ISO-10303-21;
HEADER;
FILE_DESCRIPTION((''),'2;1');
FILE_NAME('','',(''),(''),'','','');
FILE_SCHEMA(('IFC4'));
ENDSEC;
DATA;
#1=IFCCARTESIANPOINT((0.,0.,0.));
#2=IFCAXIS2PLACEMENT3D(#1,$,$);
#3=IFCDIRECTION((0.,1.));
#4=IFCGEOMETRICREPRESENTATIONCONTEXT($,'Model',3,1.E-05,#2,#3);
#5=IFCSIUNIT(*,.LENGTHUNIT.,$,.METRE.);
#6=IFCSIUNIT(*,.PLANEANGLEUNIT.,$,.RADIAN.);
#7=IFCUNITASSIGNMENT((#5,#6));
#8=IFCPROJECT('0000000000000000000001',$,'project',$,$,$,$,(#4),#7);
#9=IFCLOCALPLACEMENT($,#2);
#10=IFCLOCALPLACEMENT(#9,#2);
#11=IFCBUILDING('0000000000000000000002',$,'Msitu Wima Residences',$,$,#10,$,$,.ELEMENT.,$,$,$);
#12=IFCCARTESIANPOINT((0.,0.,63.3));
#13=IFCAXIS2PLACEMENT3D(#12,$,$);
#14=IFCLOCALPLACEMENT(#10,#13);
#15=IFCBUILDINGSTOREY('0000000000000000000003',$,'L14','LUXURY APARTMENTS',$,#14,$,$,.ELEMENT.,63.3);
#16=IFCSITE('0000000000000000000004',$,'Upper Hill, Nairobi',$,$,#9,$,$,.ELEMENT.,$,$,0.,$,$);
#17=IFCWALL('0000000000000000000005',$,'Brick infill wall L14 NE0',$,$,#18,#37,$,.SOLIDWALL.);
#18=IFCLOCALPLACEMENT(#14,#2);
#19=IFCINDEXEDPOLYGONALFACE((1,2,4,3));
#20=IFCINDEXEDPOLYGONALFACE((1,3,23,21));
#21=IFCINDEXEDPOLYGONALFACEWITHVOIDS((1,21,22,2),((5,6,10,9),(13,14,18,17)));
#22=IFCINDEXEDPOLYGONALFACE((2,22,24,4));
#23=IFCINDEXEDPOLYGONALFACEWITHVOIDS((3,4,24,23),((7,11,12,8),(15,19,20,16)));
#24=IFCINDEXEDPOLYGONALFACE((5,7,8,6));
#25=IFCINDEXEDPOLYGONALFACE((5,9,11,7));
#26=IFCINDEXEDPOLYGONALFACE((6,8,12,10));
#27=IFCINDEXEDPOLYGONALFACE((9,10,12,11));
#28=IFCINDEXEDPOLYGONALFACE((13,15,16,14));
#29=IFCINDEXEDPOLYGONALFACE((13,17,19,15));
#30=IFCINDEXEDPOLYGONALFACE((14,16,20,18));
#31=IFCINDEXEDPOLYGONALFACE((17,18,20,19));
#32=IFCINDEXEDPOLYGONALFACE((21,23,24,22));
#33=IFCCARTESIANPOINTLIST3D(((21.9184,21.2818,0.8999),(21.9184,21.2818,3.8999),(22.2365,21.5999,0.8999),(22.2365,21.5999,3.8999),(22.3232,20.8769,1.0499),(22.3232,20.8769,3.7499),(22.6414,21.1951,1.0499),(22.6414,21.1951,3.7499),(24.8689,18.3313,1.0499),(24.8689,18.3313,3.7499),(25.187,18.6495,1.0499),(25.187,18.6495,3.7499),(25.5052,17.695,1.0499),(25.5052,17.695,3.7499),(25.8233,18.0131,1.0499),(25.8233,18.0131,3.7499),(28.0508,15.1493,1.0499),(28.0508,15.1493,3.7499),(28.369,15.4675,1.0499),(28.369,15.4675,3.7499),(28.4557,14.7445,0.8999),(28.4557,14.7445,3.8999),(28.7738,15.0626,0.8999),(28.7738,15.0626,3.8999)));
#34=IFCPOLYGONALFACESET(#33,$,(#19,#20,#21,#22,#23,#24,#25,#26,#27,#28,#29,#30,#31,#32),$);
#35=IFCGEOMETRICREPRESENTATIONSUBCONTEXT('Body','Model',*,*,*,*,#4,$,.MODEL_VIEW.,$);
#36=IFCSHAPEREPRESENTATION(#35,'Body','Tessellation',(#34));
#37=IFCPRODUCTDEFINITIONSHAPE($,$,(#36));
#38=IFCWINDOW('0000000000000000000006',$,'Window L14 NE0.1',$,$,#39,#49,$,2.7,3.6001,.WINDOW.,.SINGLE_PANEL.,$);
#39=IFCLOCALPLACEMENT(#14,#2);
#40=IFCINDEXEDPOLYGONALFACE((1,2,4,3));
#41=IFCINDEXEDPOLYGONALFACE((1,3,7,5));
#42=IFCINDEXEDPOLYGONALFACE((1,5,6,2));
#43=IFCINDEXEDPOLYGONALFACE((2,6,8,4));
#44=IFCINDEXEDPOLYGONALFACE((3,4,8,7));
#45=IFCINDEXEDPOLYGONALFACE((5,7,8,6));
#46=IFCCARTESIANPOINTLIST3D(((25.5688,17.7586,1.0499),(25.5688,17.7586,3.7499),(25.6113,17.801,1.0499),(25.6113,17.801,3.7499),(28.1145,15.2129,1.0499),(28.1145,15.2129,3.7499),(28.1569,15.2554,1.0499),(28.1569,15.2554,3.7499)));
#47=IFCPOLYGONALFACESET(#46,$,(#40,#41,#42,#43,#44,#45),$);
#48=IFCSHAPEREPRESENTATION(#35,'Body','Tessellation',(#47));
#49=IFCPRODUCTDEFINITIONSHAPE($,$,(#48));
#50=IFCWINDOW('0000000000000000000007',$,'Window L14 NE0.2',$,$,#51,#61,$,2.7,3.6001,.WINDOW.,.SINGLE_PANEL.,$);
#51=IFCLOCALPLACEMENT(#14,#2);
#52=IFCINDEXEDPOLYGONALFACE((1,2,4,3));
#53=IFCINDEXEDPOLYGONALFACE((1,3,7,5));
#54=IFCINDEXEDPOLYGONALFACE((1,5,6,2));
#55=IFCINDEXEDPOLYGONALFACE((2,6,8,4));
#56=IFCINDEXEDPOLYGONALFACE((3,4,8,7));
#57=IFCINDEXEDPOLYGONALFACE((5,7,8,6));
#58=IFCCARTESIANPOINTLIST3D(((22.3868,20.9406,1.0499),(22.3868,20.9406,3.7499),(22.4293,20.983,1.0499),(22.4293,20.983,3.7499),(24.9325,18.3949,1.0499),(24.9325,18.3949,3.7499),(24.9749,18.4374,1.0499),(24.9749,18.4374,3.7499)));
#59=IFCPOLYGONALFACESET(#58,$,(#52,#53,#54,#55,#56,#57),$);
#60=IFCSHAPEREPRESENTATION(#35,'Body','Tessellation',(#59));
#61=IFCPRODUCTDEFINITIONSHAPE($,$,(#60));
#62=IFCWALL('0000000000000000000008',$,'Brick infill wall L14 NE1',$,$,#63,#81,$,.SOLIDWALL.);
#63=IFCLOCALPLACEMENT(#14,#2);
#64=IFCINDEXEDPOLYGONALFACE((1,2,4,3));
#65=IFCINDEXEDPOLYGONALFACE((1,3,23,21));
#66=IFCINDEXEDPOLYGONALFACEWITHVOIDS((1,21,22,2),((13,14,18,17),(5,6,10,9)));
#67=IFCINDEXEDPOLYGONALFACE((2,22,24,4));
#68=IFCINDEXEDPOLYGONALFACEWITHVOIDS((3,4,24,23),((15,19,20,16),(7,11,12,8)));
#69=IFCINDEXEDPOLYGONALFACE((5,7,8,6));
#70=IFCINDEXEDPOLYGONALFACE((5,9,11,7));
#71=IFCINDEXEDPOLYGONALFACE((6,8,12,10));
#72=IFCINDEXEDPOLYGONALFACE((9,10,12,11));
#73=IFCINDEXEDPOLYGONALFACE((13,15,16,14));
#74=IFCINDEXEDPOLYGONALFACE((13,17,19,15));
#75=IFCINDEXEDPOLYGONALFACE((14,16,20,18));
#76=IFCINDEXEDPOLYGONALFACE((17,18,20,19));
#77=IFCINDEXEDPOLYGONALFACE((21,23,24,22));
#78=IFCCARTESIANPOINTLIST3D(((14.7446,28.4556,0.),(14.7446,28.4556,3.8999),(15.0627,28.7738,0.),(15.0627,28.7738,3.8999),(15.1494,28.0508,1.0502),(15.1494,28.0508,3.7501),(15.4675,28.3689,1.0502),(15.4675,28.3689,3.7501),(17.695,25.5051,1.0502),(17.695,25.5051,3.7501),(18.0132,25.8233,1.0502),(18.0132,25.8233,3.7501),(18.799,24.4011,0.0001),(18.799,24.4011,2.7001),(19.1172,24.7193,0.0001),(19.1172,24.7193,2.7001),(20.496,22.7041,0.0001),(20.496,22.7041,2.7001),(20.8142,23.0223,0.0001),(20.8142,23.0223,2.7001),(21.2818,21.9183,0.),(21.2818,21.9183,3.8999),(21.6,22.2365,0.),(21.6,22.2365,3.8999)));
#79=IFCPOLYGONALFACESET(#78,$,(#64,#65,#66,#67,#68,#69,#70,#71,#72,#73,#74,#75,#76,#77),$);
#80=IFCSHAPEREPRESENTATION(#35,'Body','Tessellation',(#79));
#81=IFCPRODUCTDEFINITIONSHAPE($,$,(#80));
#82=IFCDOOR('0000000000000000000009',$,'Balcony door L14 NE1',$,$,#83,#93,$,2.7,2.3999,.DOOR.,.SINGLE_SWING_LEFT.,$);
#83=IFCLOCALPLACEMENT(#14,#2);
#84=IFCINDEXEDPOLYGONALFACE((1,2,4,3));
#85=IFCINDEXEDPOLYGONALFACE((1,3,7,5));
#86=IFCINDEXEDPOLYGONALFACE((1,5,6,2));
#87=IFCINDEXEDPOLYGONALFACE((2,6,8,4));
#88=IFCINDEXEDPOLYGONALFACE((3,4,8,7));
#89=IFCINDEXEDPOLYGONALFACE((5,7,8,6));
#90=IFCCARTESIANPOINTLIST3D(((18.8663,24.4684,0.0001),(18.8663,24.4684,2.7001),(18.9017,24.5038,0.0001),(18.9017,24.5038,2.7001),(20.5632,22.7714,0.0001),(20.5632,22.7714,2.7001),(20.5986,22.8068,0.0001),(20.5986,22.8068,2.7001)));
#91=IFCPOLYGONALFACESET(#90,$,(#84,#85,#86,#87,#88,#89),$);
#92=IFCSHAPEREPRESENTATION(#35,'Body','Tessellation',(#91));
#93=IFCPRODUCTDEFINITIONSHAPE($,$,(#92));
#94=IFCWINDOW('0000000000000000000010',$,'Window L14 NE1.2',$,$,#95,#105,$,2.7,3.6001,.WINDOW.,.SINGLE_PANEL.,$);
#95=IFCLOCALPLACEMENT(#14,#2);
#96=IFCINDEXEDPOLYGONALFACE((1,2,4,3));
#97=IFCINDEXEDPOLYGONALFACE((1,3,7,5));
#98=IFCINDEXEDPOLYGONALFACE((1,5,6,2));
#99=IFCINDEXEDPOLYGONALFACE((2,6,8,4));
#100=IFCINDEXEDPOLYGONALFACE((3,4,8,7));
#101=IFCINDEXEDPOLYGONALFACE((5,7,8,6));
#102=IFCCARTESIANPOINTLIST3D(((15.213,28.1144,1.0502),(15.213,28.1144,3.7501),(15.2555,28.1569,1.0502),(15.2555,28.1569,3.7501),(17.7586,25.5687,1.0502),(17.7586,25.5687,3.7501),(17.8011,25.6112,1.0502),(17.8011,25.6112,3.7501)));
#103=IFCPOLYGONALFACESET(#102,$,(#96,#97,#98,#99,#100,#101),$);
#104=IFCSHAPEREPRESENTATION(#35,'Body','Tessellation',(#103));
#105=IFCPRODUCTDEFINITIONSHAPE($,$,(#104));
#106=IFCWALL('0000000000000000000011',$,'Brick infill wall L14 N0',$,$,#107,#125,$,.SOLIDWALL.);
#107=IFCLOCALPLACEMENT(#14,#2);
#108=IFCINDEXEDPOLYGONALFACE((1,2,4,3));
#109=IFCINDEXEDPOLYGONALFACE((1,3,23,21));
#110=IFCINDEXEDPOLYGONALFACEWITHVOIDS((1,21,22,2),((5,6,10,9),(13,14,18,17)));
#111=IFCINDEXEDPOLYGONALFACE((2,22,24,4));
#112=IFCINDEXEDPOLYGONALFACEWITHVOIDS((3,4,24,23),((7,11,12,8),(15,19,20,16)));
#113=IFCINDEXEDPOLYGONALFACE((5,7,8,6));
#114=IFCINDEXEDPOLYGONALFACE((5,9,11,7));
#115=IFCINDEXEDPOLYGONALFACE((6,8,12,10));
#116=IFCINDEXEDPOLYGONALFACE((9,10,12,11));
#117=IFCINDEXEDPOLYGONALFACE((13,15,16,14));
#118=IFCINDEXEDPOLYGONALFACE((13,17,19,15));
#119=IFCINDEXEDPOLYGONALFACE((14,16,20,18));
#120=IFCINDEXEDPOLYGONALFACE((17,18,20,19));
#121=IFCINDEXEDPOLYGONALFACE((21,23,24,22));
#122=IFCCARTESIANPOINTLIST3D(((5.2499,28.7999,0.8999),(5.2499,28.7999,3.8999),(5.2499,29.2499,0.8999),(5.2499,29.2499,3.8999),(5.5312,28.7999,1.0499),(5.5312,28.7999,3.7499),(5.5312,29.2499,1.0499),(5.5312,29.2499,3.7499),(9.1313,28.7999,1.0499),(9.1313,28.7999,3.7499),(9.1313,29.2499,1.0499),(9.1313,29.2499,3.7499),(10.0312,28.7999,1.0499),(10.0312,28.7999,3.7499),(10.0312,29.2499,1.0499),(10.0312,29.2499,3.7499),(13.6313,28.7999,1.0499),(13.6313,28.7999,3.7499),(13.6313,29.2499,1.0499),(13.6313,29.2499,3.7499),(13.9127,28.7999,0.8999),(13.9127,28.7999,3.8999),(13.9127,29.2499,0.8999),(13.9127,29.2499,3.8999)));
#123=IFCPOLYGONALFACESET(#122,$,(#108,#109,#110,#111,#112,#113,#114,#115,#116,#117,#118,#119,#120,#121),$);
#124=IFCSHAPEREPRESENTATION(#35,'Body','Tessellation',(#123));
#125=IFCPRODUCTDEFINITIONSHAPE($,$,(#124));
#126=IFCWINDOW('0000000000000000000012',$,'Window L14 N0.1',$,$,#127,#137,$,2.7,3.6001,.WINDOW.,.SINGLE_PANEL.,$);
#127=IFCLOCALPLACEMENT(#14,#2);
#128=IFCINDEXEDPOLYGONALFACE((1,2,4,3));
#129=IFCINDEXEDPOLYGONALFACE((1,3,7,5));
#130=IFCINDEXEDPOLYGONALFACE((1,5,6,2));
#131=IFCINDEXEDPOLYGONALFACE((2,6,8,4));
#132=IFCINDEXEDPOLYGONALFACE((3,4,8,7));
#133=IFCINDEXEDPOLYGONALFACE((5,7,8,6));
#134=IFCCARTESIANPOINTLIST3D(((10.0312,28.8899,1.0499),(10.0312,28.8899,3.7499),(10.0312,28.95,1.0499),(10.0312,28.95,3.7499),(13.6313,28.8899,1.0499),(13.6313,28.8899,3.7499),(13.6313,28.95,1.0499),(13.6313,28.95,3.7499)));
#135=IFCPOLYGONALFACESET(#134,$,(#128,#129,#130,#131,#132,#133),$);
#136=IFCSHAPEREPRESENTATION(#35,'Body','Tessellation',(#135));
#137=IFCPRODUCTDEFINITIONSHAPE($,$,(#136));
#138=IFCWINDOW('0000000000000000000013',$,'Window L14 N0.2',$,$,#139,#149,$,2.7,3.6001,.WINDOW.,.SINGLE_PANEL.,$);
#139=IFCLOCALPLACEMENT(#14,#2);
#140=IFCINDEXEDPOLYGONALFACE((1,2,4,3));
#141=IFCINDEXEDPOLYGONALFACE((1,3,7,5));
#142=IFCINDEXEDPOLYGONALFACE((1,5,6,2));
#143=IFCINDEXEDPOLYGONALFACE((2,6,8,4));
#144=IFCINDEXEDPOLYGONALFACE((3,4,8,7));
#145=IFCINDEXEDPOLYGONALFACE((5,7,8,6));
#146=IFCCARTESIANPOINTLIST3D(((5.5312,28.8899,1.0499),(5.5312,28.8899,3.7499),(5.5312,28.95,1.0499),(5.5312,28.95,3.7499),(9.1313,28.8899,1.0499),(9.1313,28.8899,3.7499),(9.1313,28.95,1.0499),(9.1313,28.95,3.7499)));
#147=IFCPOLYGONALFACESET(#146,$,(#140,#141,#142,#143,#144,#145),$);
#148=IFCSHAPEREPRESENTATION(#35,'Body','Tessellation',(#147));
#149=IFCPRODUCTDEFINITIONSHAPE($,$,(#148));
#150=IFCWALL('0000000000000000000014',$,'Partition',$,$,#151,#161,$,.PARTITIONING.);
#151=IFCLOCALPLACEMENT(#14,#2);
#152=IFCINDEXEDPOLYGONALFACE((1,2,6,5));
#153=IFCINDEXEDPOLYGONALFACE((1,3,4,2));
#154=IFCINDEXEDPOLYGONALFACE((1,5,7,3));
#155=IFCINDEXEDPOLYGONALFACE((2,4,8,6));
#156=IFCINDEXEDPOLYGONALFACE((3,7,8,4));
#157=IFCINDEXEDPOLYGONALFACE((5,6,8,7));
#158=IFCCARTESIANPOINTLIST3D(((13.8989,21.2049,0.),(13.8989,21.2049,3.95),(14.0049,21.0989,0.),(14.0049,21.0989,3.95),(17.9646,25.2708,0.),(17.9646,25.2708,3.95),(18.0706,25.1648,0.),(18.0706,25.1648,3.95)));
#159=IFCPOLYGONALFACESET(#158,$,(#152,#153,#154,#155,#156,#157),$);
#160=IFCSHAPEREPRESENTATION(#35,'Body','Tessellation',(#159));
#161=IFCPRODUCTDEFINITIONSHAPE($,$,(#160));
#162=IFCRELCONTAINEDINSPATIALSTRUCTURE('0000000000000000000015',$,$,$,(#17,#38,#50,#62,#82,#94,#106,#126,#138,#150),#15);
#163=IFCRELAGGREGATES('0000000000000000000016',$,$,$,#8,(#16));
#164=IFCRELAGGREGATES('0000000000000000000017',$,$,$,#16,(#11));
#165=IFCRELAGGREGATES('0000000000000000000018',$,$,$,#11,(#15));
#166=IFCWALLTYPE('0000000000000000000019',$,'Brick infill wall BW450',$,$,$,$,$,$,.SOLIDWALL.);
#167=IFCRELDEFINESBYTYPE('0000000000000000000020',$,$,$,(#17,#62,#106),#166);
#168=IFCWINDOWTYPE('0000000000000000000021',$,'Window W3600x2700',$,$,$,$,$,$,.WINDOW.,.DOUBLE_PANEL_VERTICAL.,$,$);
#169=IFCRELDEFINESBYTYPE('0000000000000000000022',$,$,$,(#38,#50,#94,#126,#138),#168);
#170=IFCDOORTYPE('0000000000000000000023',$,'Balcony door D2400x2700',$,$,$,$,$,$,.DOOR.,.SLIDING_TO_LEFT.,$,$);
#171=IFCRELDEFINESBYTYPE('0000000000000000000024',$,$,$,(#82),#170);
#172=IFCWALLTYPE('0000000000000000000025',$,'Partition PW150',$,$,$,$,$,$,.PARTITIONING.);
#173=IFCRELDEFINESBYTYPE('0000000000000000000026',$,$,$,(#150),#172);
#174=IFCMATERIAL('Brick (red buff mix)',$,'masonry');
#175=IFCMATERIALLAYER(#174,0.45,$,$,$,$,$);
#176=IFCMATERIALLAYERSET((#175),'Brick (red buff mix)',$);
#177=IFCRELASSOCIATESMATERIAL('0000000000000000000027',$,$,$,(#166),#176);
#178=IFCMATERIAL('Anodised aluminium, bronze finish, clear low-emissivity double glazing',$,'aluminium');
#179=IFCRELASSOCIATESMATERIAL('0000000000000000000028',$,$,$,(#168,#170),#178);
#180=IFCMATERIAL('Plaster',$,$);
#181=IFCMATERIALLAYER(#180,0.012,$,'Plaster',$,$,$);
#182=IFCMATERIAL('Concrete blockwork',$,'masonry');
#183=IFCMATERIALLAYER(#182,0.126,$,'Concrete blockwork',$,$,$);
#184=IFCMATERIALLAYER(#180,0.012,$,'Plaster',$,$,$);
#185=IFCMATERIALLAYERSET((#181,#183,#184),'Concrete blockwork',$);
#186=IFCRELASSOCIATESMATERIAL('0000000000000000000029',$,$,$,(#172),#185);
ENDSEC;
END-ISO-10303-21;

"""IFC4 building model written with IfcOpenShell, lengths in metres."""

from ifc_helpers import new_model, si_unit, direction, frame, frame_2d, origin, place, context, subcontext, project, spatial, rectangle, extrude, material, layer, layer_set, type_object, element, fill, save


model = new_model("IFC4")

# Units and contexts
model_context = context("Model", 3, precision=1e-05, world=origin(), true_north=direction((0.0, 1.0)))
body_context = subcontext(model_context, "Body", "Model", "MODEL_VIEW")
ifc_project = project(units=[si_unit("LENGTHUNIT", "METRE"), si_unit("PLANEANGLEUNIT", "RADIAN")], contexts=[model_context])

# Site, building, storey
site_placement = place(None, origin())
site = spatial("IfcSite", under=ifc_project, at=site_placement, Name="Upper Hill, Nairobi", CompositionType="ELEMENT", RefElevation=0.0)
building_placement = place(site_placement, origin())
building = spatial("IfcBuilding", under=site, at=building_placement, Name="Msitu Wima Residences", CompositionType="ELEMENT")
storey_placement = place(building_placement, frame((0.0, 0.0, 63.3)))
storey = spatial("IfcBuildingStorey", under=building, at=storey_placement, Name="L14", Description="LUXURY APARTMENTS", CompositionType="ELEMENT", Elevation=63.3)

# Wall, openings, windows
ifc_material_1 = material(Name="Brick (red buff mix)", Category="masonry")
ifc_layer_1 = layer(ifc_material_1, 0.45)
ifc_layer_set_1 = layer_set([ifc_layer_1], Name="Brick (red buff mix)")
wall_type_1 = type_object("IfcWallType", Name="Brick infill wall BW450", PredefinedType="SOLIDWALL", material=ifc_layer_set_1)
wall_1_placement = place(storey_placement, frame((28.6147, 14.9036, 0.8999), z_axis=(0.0, 0.0, 1.0), x_axis=(-0.707107, 0.707107, 0.0)))
wall_1 = element("IfcWall", 1, at=wall_1_placement, inside=storey, type_object=wall_type_1, Name="Brick infill wall L14 NE0", PredefinedType="SOLIDWALL", context=body_context, shape_type="SweptSolid", body=[
    extrude(rectangle(XDim=9.2451, YDim=0.45, at=frame_2d((4.6226, 0.0))), origin(), (0.0, 0.0, 1.0), 3.0),
])
opening_1_placement = place(wall_1_placement, frame((0.5725, 0.0, 0.1499)))
opening_1 = element("IfcOpeningElement", 2, at=opening_1_placement, cuts=wall_1, PredefinedType="OPENING", context=body_context, shape_type="SweptSolid", body=[
    extrude(rectangle(XDim=3.6001, YDim=2.7, at=frame_2d((1.8, 1.3501))), frame((0.0, 0.2349, 0.0), z_axis=(0.0, -1.0, 0.0), x_axis=(1.0, 0.0, 0.0)), (0.0, 0.0, 1.0), 0.47),
])
opening_2_placement = place(wall_1_placement, frame((5.0725, 0.0, 0.1499)))
opening_2 = element("IfcOpeningElement", 3, at=opening_2_placement, cuts=wall_1, PredefinedType="OPENING", context=body_context, shape_type="SweptSolid", body=[
    extrude(rectangle(XDim=3.6001, YDim=2.7, at=frame_2d((1.8, 1.3501))), frame((0.0, 0.2349, 0.0), z_axis=(0.0, -1.0, 0.0), x_axis=(1.0, 0.0, 0.0)), (0.0, 0.0, 1.0), 0.47),
])
ifc_material_2 = material(Name="Anodised aluminium, bronze finish, clear low-emissivity double glazing", Category="aluminium")
window_type = type_object("IfcWindowType", Name="Window W3600x2700", PartitioningType="DOUBLE_PANEL_VERTICAL", PredefinedType="WINDOW", material=ifc_material_2)
window_1_placement = place(opening_1_placement, origin())
window_1 = element("IfcWindow", 4, at=window_1_placement, inside=storey, type_object=window_type, Name="Window L14 NE0.1", OverallHeight=2.7, OverallWidth=3.6001, PartitioningType="SINGLE_PANEL", PredefinedType="WINDOW", context=body_context, shape_type="SweptSolid", body=[
    extrude(rectangle(XDim=3.6001, YDim=2.7, at=frame_2d((1.8, 1.3501))), frame((0.0, 0.135, 0.0), z_axis=(0.0, -1.0, 0.0), x_axis=(1.0, 0.0, 0.0)), (0.0, 0.0, 1.0), 0.0601),
])
fill(opening_1, window_1)
window_2_placement = place(opening_2_placement, origin())
window_2 = element("IfcWindow", 5, at=window_2_placement, inside=storey, type_object=window_type, Name="Window L14 NE0.2", OverallHeight=2.7, OverallWidth=3.6001, PartitioningType="SINGLE_PANEL", PredefinedType="WINDOW", context=body_context, shape_type="SweptSolid", body=[
    extrude(rectangle(XDim=3.6001, YDim=2.7, at=frame_2d((1.8, 1.3501))), frame((0.0, 0.135, 0.0), z_axis=(0.0, -1.0, 0.0), x_axis=(1.0, 0.0, 0.0)), (0.0, 0.0, 1.0), 0.0601),
])
fill(opening_2, window_2)

# Wall, openings, door, window
wall_2_placement = place(storey_placement, frame((21.4409, 22.0774, 0.0), z_axis=(0.0, 0.0, 1.0), x_axis=(-0.707107, 0.707107, 0.0)))
wall_2 = element("IfcWall", 6, at=wall_2_placement, inside=storey, type_object=wall_type_1, Name="Brick infill wall L14 NE1", PredefinedType="SOLIDWALL", context=body_context, shape_type="SweptSolid", body=[
    extrude(rectangle(XDim=9.2451, YDim=0.45, at=frame_2d((4.6226, 0.0))), origin(), (0.0, 0.0, 1.0), 3.8999),
])
opening_3_placement = place(wall_2_placement, frame((1.1113, 0.0, 0.0)))
opening_3 = element("IfcOpeningElement", 7, at=opening_3_placement, cuts=wall_2, PredefinedType="OPENING", context=body_context, shape_type="SweptSolid", body=[
    extrude(rectangle(XDim=2.3999, YDim=2.7, at=frame_2d((1.2, 1.3501))), frame((0.0, 0.2349, 0.0), z_axis=(0.0, -1.0, 0.0), x_axis=(1.0, 0.0, 0.0)), (0.0, 0.0, 1.0), 0.47),
])
opening_4_placement = place(wall_2_placement, frame((5.0725, 0.0, 1.05)))
opening_4 = element("IfcOpeningElement", 8, at=opening_4_placement, cuts=wall_2, PredefinedType="OPENING", context=body_context, shape_type="SweptSolid", body=[
    extrude(rectangle(XDim=3.6001, YDim=2.7, at=frame_2d((1.8, 1.3501))), frame((0.0, 0.2349, 0.0), z_axis=(0.0, -1.0, 0.0), x_axis=(1.0, 0.0, 0.0)), (0.0, 0.0, 1.0), 0.47),
])
door_type_1 = type_object("IfcDoorType", Name="Balcony door D2400x2700", OperationType="SLIDING_TO_LEFT", PredefinedType="DOOR", material=ifc_material_2)
door_1_placement = place(opening_3_placement, origin())
door_1 = element("IfcDoor", 9, at=door_1_placement, inside=storey, type_object=door_type_1, Name="Balcony door L14 NE1", OperationType="SINGLE_SWING_LEFT", OverallHeight=2.7, OverallWidth=2.3999, PredefinedType="DOOR", context=body_context, shape_type="SweptSolid", body=[
    extrude(rectangle(XDim=2.3999, YDim=2.7, at=frame_2d((1.2, 1.3501))), frame((0.0, 0.1299, 0.0), z_axis=(0.0, -1.0, 0.0), x_axis=(1.0, 0.0, 0.0)), (0.0, 0.0, 1.0), 0.05),
])
fill(opening_3, door_1)
window_3_placement = place(opening_4_placement, origin())
window_3 = element("IfcWindow", 10, at=window_3_placement, inside=storey, type_object=window_type, Name="Window L14 NE1.2", OverallHeight=2.7, OverallWidth=3.6001, PartitioningType="SINGLE_PANEL", PredefinedType="WINDOW", context=body_context, shape_type="SweptSolid", body=[
    extrude(rectangle(XDim=3.6001, YDim=2.7, at=frame_2d((1.8, 1.3501))), frame((0.0, 0.135, 0.0), z_axis=(0.0, -1.0, 0.0), x_axis=(1.0, 0.0, 0.0)), (0.0, 0.0, 1.0), 0.0601),
])
fill(opening_4, window_3)

# Wall, openings, windows
wall_3_placement = place(storey_placement, frame((13.9128, 29.0249, 0.8999), z_axis=(0.0, 0.0, 1.0), x_axis=(-1.0, 0.0, 0.0)))
wall_3 = element("IfcWall", 11, at=wall_3_placement, inside=storey, type_object=wall_type_1, Name="Brick infill wall L14 N0", PredefinedType="SOLIDWALL", context=body_context, shape_type="SweptSolid", body=[
    extrude(rectangle(XDim=8.6628, YDim=0.45, at=frame_2d((4.3315, 0.0))), origin(), (0.0, 0.0, 1.0), 3.0),
])
opening_5_placement = place(wall_3_placement, frame((0.2815, 0.0, 0.1499)))
opening_5 = element("IfcOpeningElement", 12, at=opening_5_placement, cuts=wall_3, PredefinedType="OPENING", context=body_context, shape_type="SweptSolid", body=[
    extrude(rectangle(XDim=3.6001, YDim=2.7, at=frame_2d((1.8, 1.3501))), frame((0.0, 0.2349, 0.0), z_axis=(0.0, -1.0, 0.0), x_axis=(1.0, 0.0, 0.0)), (0.0, 0.0, 1.0), 0.47),
])
opening_6_placement = place(wall_3_placement, frame((4.7815, 0.0, 0.1499)))
opening_6 = element("IfcOpeningElement", 13, at=opening_6_placement, cuts=wall_3, PredefinedType="OPENING", context=body_context, shape_type="SweptSolid", body=[
    extrude(rectangle(XDim=3.6001, YDim=2.7, at=frame_2d((1.8, 1.3501))), frame((0.0, 0.2349, 0.0), z_axis=(0.0, -1.0, 0.0), x_axis=(1.0, 0.0, 0.0)), (0.0, 0.0, 1.0), 0.47),
])
window_4_placement = place(opening_5_placement, origin())
window_4 = element("IfcWindow", 14, at=window_4_placement, inside=storey, type_object=window_type, Name="Window L14 N0.1", OverallHeight=2.7, OverallWidth=3.6001, PartitioningType="SINGLE_PANEL", PredefinedType="WINDOW", context=body_context, shape_type="SweptSolid", body=[
    extrude(rectangle(XDim=3.6001, YDim=2.7, at=frame_2d((1.8, 1.3501))), frame((0.0, 0.135, 0.0), z_axis=(0.0, -1.0, 0.0), x_axis=(1.0, 0.0, 0.0)), (0.0, 0.0, 1.0), 0.0601),
])
fill(opening_5, window_4)
window_5_placement = place(opening_6_placement, origin())
window_5 = element("IfcWindow", 15, at=window_5_placement, inside=storey, type_object=window_type, Name="Window L14 N0.2", OverallHeight=2.7, OverallWidth=3.6001, PartitioningType="SINGLE_PANEL", PredefinedType="WINDOW", context=body_context, shape_type="SweptSolid", body=[
    extrude(rectangle(XDim=3.6001, YDim=2.7, at=frame_2d((1.8, 1.3501))), frame((0.0, 0.135, 0.0), z_axis=(0.0, -1.0, 0.0), x_axis=(1.0, 0.0, 0.0)), (0.0, 0.0, 1.0), 0.0601),
])
fill(opening_6, window_5)

# Wall
ifc_material_3 = material(Name="Plaster")
ifc_layer_2 = layer(ifc_material_3, 0.012, Name="Plaster")
ifc_material_4 = material(Name="Concrete blockwork", Category="masonry")
ifc_layer_3 = layer(ifc_material_4, 0.126, Name="Concrete blockwork")
ifc_layer_4 = layer(ifc_material_3, 0.012, Name="Plaster")
ifc_layer_set_2 = layer_set([ifc_layer_2, ifc_layer_3, ifc_layer_4], Name="Concrete blockwork")
wall_type_2 = type_object("IfcWallType", Name="Partition PW150", PredefinedType="PARTITIONING", material=ifc_layer_set_2)
wall_4_placement = place(storey_placement, frame((13.9519, 21.1519, 0.0), z_axis=(0.0, 0.0, 1.0), x_axis=(0.707086, 0.707128, 0.0)))
element("IfcWall", 16, at=wall_4_placement, inside=storey, type_object=wall_type_2, Name="Partition", PredefinedType="PARTITIONING", context=body_context, shape_type="SweptSolid", body=[
    extrude(rectangle(XDim=5.75, YDim=0.1499, at=frame_2d((2.875, 0.0))), origin(), (0.0, 0.0, 1.0), 3.95),
])

save(model, "model.ifc")
